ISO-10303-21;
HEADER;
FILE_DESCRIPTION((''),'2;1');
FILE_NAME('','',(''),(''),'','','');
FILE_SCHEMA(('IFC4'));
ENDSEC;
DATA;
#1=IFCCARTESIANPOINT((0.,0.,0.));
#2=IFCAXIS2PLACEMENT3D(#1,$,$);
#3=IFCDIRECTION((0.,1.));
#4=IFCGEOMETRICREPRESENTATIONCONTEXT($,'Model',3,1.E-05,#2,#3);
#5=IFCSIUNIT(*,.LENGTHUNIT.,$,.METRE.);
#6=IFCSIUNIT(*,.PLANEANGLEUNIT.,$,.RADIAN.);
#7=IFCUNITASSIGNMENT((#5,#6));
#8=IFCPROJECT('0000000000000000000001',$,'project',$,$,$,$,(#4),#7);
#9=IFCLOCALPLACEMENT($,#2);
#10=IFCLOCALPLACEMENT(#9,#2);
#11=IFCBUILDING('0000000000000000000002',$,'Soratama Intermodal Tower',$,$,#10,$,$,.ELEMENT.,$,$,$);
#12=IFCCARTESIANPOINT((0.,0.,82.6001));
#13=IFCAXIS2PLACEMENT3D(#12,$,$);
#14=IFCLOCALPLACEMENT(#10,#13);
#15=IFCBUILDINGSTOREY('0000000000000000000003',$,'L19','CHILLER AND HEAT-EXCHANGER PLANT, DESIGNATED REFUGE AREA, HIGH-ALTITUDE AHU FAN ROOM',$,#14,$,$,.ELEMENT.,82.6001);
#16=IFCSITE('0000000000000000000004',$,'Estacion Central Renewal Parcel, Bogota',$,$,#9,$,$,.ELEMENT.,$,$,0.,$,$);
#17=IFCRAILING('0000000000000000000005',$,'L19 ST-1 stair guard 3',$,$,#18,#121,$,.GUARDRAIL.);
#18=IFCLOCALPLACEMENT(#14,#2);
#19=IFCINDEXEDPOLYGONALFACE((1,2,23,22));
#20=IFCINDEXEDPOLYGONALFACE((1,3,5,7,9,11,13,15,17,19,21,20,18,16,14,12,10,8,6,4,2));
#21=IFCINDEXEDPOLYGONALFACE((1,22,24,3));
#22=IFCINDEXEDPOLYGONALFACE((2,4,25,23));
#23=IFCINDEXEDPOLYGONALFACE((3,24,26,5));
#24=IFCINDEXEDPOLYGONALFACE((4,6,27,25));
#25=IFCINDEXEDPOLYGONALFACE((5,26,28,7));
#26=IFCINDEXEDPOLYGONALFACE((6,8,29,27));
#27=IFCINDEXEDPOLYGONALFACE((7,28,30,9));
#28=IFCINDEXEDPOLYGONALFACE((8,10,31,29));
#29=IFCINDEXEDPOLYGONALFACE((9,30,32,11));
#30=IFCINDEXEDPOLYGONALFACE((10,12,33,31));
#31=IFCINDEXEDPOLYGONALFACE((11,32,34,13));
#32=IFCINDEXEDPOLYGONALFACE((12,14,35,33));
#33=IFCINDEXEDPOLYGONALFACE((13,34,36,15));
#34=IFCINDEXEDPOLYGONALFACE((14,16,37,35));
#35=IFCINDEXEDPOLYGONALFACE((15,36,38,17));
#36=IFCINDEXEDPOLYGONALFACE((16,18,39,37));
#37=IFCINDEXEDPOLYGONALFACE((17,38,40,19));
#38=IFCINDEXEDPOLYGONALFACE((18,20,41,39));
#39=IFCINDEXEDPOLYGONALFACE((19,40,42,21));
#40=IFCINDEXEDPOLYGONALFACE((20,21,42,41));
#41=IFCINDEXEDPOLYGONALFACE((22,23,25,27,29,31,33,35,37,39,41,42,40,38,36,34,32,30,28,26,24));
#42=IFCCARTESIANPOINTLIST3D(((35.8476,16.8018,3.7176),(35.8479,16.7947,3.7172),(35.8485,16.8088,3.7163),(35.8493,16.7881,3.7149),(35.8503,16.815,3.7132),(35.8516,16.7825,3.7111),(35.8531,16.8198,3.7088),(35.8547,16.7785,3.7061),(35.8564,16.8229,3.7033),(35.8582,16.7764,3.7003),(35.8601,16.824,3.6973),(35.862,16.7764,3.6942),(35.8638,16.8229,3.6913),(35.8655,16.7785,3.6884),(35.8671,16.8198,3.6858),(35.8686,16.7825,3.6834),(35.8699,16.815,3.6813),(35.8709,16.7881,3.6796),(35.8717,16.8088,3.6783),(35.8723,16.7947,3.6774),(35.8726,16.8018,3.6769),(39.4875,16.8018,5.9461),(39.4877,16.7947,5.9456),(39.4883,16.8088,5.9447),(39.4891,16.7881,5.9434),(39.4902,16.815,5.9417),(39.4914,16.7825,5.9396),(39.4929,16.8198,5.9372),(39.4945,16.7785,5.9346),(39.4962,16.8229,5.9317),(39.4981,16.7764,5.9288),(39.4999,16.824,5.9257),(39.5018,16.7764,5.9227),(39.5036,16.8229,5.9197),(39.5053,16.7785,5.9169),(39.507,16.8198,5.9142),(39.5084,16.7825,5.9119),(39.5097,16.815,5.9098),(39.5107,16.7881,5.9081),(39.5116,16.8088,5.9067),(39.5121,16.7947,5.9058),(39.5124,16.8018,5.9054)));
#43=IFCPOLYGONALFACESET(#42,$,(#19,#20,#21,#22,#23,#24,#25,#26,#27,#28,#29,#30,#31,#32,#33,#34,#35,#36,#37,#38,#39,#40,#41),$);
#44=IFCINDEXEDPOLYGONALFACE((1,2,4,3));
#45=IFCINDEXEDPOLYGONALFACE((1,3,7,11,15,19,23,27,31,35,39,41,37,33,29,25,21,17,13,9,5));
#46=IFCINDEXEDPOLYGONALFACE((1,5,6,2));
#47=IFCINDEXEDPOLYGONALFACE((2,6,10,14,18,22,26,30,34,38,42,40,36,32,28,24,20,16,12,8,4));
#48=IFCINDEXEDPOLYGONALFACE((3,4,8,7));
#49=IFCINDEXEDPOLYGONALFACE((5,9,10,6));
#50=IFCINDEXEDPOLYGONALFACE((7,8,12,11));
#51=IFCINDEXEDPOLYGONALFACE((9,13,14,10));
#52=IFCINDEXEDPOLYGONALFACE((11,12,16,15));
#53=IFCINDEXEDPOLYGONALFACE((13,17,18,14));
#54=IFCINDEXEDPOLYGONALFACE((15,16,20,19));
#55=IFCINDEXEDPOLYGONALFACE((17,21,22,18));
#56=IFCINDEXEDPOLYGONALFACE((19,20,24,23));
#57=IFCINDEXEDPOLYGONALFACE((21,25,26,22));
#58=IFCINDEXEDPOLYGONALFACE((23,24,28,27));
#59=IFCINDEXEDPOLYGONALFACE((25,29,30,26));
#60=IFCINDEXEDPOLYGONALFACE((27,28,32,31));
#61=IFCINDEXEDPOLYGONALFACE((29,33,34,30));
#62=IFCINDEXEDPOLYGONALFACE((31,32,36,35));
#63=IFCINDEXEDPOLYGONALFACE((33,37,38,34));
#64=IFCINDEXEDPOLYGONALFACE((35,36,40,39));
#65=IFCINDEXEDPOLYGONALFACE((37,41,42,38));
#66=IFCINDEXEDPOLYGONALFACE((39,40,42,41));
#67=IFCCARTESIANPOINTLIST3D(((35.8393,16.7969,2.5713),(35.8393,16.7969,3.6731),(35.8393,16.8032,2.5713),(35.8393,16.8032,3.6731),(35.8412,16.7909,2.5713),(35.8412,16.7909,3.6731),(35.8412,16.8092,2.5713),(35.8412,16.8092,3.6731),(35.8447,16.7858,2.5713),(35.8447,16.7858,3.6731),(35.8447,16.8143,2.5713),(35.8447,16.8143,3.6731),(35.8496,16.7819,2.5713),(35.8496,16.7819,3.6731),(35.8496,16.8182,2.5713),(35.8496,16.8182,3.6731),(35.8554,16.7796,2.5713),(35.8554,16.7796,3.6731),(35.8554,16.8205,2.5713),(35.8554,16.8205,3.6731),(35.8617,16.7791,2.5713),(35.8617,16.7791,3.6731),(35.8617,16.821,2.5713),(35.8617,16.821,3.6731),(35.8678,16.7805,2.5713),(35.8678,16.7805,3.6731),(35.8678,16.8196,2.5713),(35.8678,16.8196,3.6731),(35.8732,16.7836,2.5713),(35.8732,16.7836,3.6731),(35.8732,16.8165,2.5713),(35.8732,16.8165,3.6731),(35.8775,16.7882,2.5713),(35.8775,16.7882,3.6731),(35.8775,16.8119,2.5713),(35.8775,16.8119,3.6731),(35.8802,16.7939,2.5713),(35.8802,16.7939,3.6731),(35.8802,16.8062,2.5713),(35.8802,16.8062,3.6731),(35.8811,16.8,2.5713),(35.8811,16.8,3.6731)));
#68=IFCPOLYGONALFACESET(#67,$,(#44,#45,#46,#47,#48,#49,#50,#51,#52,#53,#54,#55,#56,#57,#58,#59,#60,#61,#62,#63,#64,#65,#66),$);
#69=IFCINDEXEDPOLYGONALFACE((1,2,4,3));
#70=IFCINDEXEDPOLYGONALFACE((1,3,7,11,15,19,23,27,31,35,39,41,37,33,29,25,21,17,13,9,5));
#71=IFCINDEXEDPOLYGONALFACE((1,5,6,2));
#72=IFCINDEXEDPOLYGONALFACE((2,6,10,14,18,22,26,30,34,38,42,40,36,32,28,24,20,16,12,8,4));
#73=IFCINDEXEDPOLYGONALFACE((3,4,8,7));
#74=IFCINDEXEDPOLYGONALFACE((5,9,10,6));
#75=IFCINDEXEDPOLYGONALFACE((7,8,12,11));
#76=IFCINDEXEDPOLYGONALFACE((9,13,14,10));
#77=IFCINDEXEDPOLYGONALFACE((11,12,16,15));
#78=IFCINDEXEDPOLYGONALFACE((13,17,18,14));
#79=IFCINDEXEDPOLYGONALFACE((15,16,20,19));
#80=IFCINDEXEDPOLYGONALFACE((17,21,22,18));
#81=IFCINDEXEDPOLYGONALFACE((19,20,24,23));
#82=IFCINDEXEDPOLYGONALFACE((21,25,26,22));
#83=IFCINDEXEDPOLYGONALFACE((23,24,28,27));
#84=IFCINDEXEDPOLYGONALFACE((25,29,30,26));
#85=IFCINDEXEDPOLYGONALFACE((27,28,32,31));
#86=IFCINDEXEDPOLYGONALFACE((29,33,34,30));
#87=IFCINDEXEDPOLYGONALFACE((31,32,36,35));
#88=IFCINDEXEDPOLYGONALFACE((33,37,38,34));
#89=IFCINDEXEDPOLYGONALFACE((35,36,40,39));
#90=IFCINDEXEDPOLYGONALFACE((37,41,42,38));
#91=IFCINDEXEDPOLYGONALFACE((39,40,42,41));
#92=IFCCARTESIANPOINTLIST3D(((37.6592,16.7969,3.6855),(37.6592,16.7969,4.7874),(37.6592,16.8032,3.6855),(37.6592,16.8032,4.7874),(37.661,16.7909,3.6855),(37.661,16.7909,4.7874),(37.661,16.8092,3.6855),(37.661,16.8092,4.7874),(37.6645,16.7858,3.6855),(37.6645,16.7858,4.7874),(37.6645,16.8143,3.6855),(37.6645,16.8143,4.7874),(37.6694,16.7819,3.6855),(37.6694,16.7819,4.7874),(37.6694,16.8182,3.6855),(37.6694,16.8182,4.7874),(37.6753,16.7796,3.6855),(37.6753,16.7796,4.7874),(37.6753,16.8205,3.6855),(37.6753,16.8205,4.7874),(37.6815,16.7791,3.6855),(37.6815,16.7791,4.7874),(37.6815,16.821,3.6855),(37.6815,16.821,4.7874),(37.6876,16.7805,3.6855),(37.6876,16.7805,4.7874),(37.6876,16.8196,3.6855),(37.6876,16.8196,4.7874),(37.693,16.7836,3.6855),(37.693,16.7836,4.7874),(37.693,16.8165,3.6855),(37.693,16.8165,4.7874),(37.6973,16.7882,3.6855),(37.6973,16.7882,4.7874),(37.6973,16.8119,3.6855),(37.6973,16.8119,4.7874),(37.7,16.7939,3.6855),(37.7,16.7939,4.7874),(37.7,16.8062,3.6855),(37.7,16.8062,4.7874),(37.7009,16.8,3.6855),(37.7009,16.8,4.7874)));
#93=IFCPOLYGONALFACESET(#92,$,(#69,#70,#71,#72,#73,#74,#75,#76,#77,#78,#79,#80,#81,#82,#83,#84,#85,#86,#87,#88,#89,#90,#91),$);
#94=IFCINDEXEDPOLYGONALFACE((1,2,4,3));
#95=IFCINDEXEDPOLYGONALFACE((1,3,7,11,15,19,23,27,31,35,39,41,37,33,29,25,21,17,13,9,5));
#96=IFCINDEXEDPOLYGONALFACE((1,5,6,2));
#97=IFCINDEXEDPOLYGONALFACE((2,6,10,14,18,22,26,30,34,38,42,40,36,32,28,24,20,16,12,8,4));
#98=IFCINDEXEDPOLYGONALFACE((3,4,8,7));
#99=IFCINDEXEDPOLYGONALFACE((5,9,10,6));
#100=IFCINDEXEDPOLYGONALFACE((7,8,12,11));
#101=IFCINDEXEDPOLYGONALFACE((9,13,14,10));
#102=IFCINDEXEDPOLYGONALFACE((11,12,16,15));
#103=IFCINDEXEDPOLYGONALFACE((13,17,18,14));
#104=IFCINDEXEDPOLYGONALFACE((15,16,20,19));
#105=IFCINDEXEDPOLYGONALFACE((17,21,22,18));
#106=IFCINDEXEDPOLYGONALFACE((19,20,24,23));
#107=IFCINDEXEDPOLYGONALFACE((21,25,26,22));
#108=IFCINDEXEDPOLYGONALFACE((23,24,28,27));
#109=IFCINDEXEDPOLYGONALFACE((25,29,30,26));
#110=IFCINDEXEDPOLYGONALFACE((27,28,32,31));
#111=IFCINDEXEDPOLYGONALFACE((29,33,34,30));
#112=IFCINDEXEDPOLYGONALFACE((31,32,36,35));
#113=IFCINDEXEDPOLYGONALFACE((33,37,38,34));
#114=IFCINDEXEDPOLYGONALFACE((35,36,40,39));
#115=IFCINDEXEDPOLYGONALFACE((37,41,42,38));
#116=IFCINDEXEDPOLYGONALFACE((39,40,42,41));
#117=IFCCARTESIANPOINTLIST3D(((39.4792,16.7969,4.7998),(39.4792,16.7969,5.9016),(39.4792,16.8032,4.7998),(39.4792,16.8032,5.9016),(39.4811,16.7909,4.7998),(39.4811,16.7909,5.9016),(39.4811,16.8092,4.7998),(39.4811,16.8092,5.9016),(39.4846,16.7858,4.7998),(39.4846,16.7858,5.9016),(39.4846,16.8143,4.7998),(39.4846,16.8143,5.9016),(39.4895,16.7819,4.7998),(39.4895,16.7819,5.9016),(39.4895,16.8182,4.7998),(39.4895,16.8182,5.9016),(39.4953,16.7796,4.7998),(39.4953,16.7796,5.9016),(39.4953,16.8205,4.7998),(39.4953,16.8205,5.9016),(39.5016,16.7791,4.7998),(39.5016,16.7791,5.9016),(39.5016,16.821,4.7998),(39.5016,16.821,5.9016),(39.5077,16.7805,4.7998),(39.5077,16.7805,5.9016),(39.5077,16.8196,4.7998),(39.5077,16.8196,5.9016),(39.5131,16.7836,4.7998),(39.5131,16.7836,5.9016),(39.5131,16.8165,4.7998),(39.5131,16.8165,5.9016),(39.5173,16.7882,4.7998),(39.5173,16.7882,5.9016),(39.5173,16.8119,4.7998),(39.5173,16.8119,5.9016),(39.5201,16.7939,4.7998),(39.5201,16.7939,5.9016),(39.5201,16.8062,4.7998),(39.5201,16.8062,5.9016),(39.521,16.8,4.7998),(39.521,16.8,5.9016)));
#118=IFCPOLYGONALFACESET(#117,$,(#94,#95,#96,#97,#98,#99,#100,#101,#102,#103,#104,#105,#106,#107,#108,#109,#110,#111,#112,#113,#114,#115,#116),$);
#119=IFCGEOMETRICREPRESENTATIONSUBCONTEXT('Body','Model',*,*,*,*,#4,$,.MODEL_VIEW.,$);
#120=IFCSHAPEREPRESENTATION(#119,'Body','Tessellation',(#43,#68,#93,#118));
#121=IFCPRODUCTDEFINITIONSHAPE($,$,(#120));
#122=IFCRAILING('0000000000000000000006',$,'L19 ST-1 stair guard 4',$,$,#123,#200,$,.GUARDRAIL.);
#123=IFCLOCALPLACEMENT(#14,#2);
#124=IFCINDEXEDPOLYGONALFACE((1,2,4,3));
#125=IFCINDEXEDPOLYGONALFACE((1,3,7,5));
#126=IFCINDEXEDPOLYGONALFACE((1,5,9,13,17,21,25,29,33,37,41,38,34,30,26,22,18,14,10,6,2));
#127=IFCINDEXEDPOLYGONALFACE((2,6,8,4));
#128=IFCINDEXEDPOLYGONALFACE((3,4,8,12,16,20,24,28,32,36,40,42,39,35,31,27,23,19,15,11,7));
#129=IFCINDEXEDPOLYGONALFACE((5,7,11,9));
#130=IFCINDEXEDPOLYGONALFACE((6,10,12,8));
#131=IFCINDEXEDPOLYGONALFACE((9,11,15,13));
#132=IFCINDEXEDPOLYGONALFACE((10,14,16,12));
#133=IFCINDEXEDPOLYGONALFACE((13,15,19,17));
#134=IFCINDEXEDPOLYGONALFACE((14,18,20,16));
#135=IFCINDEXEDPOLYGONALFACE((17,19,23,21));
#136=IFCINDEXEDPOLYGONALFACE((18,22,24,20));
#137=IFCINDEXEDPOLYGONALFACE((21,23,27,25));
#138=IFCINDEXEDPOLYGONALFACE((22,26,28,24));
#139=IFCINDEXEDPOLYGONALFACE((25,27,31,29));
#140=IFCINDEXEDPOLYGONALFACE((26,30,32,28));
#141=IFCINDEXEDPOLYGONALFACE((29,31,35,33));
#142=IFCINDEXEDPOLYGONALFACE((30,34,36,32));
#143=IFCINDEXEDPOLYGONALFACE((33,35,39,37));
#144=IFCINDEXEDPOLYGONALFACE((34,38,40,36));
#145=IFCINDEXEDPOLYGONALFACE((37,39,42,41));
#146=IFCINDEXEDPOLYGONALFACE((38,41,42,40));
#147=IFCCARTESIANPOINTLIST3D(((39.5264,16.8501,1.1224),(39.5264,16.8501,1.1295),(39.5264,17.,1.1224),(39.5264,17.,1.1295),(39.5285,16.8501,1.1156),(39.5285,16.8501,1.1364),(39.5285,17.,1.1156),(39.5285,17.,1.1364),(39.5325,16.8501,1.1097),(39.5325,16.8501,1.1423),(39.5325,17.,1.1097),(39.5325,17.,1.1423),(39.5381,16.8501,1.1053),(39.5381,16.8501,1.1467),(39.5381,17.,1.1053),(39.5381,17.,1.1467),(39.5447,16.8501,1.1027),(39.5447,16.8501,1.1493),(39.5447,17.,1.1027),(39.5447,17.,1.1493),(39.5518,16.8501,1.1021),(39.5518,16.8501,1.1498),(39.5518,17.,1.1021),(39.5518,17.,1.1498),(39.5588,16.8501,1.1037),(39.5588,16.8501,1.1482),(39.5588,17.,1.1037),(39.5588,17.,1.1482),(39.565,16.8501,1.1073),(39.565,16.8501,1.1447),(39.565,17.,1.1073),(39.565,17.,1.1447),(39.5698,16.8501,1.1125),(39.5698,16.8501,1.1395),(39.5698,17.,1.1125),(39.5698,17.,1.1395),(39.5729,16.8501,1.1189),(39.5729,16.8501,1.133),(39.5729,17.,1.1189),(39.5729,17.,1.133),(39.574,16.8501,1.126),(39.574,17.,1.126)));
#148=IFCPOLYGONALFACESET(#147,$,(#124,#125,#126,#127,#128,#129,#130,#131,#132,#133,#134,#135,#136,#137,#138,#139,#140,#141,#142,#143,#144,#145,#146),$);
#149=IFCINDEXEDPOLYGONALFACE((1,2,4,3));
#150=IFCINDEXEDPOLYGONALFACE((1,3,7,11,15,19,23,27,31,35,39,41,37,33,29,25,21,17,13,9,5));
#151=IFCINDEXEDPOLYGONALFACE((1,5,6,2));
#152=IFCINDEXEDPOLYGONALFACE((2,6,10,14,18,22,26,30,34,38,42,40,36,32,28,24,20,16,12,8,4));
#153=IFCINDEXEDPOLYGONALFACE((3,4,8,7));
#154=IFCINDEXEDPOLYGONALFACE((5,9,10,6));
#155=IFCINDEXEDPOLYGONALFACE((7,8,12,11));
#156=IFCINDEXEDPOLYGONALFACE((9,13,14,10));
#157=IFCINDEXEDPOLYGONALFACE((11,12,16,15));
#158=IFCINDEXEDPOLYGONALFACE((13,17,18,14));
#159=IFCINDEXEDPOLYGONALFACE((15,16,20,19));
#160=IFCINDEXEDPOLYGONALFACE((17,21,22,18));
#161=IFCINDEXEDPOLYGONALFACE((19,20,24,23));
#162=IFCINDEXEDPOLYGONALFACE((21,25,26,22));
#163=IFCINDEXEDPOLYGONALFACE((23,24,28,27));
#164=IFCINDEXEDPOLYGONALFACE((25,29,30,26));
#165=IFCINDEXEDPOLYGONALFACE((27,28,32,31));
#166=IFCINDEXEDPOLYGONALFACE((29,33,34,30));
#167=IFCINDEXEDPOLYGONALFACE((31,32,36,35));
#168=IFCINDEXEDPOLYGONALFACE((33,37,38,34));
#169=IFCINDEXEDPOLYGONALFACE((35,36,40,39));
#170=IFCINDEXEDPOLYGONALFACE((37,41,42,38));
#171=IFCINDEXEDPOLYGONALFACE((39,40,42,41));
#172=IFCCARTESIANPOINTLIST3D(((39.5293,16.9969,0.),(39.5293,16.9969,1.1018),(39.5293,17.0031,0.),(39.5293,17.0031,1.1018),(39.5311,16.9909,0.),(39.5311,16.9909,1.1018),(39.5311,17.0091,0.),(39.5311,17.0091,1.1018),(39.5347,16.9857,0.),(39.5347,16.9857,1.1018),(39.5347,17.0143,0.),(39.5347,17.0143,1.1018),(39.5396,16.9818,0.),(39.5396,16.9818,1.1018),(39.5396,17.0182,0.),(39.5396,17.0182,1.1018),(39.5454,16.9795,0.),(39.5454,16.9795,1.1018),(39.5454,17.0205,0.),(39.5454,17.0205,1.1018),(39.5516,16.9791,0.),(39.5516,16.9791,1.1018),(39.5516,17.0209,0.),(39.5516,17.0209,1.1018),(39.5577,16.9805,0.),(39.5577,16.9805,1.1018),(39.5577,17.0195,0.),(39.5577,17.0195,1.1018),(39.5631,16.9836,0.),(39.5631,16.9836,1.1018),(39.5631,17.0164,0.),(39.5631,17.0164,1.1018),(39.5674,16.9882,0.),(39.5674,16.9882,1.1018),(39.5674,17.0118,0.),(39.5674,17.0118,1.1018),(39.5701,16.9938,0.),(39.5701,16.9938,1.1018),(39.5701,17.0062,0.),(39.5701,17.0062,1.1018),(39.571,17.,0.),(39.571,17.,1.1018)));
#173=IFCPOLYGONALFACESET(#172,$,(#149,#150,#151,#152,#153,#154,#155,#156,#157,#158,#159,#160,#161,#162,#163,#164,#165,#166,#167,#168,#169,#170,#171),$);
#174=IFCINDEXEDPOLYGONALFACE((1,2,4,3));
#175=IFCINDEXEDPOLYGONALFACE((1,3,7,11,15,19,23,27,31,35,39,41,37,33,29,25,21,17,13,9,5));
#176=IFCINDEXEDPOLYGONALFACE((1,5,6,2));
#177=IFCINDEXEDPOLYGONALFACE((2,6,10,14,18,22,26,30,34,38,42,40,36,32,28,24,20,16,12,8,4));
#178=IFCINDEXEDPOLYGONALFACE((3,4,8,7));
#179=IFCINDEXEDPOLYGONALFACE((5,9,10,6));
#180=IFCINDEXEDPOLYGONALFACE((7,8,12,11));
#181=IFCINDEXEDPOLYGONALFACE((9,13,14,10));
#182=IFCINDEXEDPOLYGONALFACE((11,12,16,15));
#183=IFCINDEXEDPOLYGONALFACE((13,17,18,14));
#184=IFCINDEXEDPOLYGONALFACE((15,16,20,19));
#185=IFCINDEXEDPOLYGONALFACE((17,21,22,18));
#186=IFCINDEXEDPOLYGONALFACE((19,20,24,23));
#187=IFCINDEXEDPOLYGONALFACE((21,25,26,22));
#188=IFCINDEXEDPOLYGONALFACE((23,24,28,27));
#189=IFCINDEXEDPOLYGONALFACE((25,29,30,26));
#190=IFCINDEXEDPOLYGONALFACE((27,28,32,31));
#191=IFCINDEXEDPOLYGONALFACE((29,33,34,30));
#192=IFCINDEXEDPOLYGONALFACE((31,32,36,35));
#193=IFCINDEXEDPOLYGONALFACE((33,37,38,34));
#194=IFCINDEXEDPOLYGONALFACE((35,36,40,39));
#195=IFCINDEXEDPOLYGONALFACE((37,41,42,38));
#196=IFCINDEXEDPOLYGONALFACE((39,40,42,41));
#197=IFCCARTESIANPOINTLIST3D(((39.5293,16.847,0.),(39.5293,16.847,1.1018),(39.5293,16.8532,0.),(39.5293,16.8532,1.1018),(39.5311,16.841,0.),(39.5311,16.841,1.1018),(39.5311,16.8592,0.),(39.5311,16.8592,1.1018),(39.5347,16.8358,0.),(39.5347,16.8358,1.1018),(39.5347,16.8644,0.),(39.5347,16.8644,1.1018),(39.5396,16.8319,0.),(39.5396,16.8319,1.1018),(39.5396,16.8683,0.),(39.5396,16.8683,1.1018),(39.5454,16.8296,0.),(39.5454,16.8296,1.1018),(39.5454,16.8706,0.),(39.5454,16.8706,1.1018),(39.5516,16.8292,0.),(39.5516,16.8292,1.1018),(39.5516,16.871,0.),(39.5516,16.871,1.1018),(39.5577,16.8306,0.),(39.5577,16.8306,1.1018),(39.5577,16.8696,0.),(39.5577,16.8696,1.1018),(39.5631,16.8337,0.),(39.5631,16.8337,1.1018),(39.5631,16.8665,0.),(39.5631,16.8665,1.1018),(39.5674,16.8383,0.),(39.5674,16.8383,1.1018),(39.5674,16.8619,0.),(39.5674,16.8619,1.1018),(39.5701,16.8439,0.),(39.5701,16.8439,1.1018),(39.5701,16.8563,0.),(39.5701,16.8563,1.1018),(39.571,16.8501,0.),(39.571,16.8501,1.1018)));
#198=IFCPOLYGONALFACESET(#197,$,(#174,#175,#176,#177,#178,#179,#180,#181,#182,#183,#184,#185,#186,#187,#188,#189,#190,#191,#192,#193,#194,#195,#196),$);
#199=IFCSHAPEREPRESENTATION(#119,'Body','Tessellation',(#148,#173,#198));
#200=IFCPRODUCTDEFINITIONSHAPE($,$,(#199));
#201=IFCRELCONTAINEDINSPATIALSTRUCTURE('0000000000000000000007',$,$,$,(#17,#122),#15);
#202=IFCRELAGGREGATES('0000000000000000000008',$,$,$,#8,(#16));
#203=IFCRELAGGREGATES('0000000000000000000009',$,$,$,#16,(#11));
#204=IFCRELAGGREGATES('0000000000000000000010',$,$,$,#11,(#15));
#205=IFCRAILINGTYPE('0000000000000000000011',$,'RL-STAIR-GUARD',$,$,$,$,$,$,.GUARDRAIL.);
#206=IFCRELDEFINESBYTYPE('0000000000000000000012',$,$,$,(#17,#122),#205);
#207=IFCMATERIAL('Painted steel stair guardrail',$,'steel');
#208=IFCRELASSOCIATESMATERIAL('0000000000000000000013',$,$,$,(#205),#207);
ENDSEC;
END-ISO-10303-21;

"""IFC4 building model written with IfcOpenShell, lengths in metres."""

from ifc_helpers import new_model, si_unit, direction, frame, origin, origin_2d, place, context, subcontext, project, spatial, circle, extrude, material, type_object, element, save


model = new_model("IFC4")

# Units and contexts
model_context = context("Model", 3, precision=1e-05, world=origin(), true_north=direction((0.0, 1.0)))
body_context = subcontext(model_context, "Body", "Model", "MODEL_VIEW")
ifc_project = project(units=[si_unit("LENGTHUNIT", "METRE"), si_unit("PLANEANGLEUNIT", "RADIAN")], contexts=[model_context])

# Site, building, storey
site_placement = place(None, origin())
site = spatial("IfcSite", under=ifc_project, at=site_placement, Name="Estacion Central Renewal Parcel, Bogota", CompositionType="ELEMENT", RefElevation=0.0)
building_placement = place(site_placement, origin())
building = spatial("IfcBuilding", under=site, at=building_placement, Name="Soratama Intermodal Tower", CompositionType="ELEMENT")
storey_placement = place(building_placement, frame((0.0, 0.0, 82.6001)))
storey = spatial("IfcBuildingStorey", under=building, at=storey_placement, Name="L19", Description="CHILLER AND HEAT-EXCHANGER PLANT, DESIGNATED REFUGE AREA, HIGH-ALTITUDE AHU FAN ROOM", CompositionType="ELEMENT", Elevation=82.6001)

# Railings
ifc_material_1 = material(Name="Painted steel stair guardrail", Category="steel")
railing_type_1 = type_object("IfcRailingType", Name="RL-STAIR-GUARD", PredefinedType="GUARDRAIL", material=ifc_material_1)
railing_1_placement = place(storey_placement, frame((35.8601, 16.8, 2.5713)))
element("IfcRailing", 1, at=railing_1_placement, inside=storey, type_object=railing_type_1, Name="L19 ST-1 stair guard 3", PredefinedType="GUARDRAIL", context=body_context, shape_type="SweptSolid", body=[
    extrude(circle(Radius=0.0239, at=origin_2d()), frame((0.0, 0.0, 1.126), z_axis=(0.85285, 0.0, 0.522156), x_axis=(0.0, 1.0, 0.0)), (0.0, 0.0, 1.0), 4.2678),
    extrude(circle(Radius=0.021, at=origin_2d()), origin(), (0.0, 0.0, 1.0), 1.1018),
    extrude(circle(Radius=0.021, at=origin_2d()), frame((1.8198, 0.0, 1.1143)), (0.0, 0.0, 1.0), 1.1018),
    extrude(circle(Radius=0.021, at=origin_2d()), frame((3.6399, 0.0, 2.2285)), (0.0, 0.0, 1.0), 1.1018),
])
railing_2_placement = place(storey_placement, frame((39.55, 17.0, 0.0)))
element("IfcRailing", 2, at=railing_2_placement, inside=storey, type_object=railing_type_1, Name="L19 ST-1 stair guard 4", PredefinedType="GUARDRAIL", context=body_context, shape_type="SweptSolid", body=[
    extrude(circle(Radius=0.0239, at=origin_2d()), frame((0.0, 0.0, 1.126), z_axis=(0.0, -1.0, 0.0), x_axis=(1.0, 0.0, 0.0)), (0.0, 0.0, 1.0), 0.1499),
    extrude(circle(Radius=0.021, at=origin_2d()), origin(), (0.0, 0.0, 1.0), 1.1018),
    extrude(circle(Radius=0.021, at=origin_2d()), frame((0.0, -0.1499, 0.0)), (0.0, 0.0, 1.0), 1.1018),
])

save(model, "model.ifc")
